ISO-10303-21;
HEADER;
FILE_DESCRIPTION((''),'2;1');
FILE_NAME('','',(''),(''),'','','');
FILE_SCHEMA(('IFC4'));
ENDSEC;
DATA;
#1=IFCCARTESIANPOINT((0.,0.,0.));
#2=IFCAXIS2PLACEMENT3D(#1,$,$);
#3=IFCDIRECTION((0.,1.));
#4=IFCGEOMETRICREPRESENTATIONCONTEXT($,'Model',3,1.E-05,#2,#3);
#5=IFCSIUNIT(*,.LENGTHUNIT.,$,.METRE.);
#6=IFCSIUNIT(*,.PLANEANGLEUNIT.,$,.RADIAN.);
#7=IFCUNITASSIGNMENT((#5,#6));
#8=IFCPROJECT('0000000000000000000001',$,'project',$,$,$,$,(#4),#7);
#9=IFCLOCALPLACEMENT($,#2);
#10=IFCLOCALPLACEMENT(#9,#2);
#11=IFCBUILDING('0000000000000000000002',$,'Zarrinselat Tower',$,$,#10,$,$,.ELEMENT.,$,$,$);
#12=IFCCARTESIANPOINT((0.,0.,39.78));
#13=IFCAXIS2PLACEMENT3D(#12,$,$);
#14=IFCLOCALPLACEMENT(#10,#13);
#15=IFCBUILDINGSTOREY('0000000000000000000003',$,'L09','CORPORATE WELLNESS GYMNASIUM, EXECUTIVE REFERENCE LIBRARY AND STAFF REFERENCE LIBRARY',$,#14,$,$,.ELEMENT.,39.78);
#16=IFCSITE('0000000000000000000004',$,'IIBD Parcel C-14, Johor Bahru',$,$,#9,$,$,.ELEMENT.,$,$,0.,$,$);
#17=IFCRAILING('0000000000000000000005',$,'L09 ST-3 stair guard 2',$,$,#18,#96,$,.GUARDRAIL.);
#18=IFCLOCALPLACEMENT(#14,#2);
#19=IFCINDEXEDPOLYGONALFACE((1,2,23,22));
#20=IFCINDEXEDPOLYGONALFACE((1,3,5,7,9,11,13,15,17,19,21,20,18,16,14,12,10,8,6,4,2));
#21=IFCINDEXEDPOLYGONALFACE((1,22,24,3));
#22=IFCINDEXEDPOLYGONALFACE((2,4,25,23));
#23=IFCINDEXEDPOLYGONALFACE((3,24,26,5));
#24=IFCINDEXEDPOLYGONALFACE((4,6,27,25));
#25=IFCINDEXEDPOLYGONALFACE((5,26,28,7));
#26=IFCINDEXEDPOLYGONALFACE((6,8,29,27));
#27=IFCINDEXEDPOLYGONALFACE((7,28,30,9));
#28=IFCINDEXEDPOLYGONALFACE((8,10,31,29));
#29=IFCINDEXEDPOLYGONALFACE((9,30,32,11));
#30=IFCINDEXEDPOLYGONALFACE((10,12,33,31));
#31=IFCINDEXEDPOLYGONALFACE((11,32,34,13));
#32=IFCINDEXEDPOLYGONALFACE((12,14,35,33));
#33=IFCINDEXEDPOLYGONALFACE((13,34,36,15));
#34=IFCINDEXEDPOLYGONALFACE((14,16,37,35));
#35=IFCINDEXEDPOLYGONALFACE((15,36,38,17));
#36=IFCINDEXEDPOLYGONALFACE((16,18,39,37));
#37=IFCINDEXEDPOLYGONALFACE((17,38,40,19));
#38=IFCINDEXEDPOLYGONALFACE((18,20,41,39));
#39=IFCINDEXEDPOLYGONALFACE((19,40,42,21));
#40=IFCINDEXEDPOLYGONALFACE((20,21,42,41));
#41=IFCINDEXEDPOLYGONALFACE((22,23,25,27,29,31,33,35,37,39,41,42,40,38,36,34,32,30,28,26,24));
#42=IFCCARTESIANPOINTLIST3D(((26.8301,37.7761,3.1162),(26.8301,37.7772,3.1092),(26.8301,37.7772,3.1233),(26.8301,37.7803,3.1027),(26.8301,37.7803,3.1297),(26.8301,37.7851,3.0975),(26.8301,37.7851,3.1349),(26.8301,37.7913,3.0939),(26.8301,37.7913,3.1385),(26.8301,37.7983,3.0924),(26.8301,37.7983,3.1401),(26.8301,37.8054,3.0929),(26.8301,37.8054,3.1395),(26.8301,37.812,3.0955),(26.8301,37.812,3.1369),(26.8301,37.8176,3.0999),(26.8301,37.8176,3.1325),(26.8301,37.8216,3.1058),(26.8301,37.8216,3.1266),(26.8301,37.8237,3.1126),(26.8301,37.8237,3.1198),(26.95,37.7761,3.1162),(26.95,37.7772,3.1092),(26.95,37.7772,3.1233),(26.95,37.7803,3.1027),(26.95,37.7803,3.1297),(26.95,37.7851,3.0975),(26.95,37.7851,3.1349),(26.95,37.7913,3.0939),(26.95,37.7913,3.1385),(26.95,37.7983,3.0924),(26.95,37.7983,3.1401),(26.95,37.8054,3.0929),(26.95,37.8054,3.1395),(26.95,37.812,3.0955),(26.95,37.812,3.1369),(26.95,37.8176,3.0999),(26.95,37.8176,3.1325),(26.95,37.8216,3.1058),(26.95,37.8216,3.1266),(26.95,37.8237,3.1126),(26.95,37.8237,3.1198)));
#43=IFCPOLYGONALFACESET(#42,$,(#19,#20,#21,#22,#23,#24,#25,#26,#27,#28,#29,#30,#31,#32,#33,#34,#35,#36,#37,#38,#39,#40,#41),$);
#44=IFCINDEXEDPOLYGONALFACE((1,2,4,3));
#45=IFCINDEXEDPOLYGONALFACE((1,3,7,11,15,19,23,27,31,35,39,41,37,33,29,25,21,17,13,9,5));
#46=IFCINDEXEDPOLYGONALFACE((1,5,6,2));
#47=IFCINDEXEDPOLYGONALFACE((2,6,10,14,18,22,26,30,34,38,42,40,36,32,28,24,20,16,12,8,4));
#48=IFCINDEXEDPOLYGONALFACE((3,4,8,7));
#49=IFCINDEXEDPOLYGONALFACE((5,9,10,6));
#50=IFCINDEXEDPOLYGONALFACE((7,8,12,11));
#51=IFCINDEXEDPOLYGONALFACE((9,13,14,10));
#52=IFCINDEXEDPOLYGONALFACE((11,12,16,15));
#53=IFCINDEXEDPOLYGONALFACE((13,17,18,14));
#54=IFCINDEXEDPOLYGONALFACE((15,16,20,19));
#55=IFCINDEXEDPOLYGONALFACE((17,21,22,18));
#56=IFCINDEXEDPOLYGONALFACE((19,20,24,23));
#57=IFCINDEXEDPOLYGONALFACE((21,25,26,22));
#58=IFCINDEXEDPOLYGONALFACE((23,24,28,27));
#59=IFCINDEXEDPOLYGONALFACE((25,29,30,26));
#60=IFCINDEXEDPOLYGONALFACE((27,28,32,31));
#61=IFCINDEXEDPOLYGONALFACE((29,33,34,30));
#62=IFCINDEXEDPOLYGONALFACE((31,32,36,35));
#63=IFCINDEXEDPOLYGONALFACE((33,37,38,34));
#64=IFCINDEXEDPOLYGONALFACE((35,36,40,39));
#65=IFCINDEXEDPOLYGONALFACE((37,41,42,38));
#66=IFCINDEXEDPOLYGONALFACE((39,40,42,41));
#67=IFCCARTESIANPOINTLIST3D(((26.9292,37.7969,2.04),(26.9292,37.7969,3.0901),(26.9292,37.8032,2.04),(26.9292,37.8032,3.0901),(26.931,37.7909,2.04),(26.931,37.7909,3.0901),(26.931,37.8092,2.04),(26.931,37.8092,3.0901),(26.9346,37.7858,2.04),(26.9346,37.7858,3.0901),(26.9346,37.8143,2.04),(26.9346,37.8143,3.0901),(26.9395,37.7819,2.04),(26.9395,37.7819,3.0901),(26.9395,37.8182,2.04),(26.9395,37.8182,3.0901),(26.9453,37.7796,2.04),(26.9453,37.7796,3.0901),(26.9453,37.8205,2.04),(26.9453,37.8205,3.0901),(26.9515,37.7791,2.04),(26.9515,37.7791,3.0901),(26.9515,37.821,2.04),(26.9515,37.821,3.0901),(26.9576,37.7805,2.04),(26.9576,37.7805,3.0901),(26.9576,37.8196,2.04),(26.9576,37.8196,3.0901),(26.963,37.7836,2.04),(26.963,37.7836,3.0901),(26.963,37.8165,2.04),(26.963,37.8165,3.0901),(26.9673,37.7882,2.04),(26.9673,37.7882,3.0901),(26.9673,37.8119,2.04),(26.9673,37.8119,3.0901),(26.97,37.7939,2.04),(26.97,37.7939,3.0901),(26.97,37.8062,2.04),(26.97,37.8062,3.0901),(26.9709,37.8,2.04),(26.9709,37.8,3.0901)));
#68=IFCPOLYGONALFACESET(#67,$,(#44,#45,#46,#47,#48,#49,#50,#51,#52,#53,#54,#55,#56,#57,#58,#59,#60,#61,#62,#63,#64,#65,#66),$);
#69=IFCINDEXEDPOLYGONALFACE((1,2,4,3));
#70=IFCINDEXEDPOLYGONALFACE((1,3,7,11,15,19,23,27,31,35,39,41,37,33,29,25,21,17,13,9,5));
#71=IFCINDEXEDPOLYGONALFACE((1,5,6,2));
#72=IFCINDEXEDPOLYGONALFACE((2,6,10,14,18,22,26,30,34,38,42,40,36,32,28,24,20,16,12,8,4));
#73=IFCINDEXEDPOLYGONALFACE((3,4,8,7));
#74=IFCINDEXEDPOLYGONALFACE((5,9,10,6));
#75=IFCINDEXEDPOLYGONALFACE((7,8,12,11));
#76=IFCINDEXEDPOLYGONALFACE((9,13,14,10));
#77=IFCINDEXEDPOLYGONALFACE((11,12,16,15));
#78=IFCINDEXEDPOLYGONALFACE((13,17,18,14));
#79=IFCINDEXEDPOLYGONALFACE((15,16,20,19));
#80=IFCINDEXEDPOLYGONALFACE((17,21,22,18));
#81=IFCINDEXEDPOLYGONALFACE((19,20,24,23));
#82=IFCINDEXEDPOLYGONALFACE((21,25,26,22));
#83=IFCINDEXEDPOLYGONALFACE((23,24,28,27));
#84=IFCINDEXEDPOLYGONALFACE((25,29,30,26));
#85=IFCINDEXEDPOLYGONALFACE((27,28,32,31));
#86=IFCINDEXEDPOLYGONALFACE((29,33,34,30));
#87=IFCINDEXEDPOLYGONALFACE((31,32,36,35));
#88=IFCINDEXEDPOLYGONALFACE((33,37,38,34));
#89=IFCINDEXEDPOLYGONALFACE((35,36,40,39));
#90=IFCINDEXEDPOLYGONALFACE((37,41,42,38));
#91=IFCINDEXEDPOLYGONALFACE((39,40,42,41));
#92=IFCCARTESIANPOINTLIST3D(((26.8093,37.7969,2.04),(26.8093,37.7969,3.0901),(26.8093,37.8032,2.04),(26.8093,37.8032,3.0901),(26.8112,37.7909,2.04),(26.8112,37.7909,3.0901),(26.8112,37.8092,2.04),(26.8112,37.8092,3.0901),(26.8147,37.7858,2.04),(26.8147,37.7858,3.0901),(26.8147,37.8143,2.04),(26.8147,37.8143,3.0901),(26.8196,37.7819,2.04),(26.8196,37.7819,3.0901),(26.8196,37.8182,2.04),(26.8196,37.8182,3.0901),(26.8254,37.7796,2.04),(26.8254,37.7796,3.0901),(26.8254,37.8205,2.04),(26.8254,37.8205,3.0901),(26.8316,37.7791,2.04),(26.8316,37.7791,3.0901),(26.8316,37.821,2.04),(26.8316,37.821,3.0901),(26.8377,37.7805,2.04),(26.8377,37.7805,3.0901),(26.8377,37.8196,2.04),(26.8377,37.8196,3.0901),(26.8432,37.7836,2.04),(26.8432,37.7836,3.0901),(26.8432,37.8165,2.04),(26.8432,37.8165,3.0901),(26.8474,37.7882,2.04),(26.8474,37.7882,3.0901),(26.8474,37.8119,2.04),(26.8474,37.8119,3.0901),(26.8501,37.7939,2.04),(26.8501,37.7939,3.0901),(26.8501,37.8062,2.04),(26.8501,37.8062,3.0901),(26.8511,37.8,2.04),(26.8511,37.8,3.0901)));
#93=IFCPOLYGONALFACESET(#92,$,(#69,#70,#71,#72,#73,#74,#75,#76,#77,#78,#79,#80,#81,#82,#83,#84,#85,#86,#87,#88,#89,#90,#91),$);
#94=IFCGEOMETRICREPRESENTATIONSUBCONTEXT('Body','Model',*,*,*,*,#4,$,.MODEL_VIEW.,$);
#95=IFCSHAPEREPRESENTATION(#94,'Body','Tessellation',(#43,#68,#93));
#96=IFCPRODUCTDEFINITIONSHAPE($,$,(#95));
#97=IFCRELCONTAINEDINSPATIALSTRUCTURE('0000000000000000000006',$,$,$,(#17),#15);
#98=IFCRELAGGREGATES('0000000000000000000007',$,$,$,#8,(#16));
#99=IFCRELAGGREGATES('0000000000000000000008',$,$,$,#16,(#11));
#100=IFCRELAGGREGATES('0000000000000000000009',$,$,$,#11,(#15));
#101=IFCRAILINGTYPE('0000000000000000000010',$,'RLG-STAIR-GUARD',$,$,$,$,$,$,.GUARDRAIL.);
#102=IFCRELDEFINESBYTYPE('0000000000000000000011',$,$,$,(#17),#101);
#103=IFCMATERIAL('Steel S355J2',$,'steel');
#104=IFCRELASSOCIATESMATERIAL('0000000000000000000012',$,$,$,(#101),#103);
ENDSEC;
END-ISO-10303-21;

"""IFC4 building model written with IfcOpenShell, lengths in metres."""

from ifc_helpers import new_model, si_unit, direction, frame, origin, origin_2d, place, context, subcontext, project, spatial, circle, extrude, material, type_object, element, save


model = new_model("IFC4")

# Units and contexts
model_context = context("Model", 3, precision=1e-05, world=origin(), true_north=direction((0.0, 1.0)))
body_context = subcontext(model_context, "Body", "Model", "MODEL_VIEW")
ifc_project = project(units=[si_unit("LENGTHUNIT", "METRE"), si_unit("PLANEANGLEUNIT", "RADIAN")], contexts=[model_context])

# Site, building, storey
site_placement = place(None, origin())
site = spatial("IfcSite", under=ifc_project, at=site_placement, Name="IIBD Parcel C-14, Johor Bahru", CompositionType="ELEMENT", RefElevation=0.0)
building_placement = place(site_placement, origin())
building = spatial("IfcBuilding", under=site, at=building_placement, Name="Zarrinselat Tower", CompositionType="ELEMENT")
storey_placement = place(building_placement, frame((0.0, 0.0, 39.78)))
storey = spatial("IfcBuildingStorey", under=building, at=storey_placement, Name="L09", Description="CORPORATE WELLNESS GYMNASIUM, EXECUTIVE REFERENCE LIBRARY AND STAFF REFERENCE LIBRARY", CompositionType="ELEMENT", Elevation=39.78)

# Railing
ifc_material_1 = material(Name="Steel S355J2", Category="steel")
railing_type_1 = type_object("IfcRailingType", Name="RLG-STAIR-GUARD", PredefinedType="GUARDRAIL", material=ifc_material_1)
railing_1_placement = place(storey_placement, frame((26.95, 37.8, 2.04)))
element("IfcRailing", 1, at=railing_1_placement, inside=storey, type_object=railing_type_1, Name="L09 ST-3 stair guard 2", PredefinedType="GUARDRAIL", context=body_context, shape_type="SweptSolid", body=[
    extrude(circle(Radius=0.0239, at=origin_2d()), frame((0.0, 0.0, 1.0762), z_axis=(-1.0, 0.0, 0.0), x_axis=(0.0, -1.0, 0.0)), (0.0, 0.0, 1.0), 0.1199),
    extrude(circle(Radius=0.021, at=origin_2d()), origin(), (0.0, 0.0, 1.0), 1.05),
    extrude(circle(Radius=0.021, at=origin_2d()), frame((-0.1199, 0.0, 0.0)), (0.0, 0.0, 1.0), 1.05),
])

save(model, "model.ifc")
